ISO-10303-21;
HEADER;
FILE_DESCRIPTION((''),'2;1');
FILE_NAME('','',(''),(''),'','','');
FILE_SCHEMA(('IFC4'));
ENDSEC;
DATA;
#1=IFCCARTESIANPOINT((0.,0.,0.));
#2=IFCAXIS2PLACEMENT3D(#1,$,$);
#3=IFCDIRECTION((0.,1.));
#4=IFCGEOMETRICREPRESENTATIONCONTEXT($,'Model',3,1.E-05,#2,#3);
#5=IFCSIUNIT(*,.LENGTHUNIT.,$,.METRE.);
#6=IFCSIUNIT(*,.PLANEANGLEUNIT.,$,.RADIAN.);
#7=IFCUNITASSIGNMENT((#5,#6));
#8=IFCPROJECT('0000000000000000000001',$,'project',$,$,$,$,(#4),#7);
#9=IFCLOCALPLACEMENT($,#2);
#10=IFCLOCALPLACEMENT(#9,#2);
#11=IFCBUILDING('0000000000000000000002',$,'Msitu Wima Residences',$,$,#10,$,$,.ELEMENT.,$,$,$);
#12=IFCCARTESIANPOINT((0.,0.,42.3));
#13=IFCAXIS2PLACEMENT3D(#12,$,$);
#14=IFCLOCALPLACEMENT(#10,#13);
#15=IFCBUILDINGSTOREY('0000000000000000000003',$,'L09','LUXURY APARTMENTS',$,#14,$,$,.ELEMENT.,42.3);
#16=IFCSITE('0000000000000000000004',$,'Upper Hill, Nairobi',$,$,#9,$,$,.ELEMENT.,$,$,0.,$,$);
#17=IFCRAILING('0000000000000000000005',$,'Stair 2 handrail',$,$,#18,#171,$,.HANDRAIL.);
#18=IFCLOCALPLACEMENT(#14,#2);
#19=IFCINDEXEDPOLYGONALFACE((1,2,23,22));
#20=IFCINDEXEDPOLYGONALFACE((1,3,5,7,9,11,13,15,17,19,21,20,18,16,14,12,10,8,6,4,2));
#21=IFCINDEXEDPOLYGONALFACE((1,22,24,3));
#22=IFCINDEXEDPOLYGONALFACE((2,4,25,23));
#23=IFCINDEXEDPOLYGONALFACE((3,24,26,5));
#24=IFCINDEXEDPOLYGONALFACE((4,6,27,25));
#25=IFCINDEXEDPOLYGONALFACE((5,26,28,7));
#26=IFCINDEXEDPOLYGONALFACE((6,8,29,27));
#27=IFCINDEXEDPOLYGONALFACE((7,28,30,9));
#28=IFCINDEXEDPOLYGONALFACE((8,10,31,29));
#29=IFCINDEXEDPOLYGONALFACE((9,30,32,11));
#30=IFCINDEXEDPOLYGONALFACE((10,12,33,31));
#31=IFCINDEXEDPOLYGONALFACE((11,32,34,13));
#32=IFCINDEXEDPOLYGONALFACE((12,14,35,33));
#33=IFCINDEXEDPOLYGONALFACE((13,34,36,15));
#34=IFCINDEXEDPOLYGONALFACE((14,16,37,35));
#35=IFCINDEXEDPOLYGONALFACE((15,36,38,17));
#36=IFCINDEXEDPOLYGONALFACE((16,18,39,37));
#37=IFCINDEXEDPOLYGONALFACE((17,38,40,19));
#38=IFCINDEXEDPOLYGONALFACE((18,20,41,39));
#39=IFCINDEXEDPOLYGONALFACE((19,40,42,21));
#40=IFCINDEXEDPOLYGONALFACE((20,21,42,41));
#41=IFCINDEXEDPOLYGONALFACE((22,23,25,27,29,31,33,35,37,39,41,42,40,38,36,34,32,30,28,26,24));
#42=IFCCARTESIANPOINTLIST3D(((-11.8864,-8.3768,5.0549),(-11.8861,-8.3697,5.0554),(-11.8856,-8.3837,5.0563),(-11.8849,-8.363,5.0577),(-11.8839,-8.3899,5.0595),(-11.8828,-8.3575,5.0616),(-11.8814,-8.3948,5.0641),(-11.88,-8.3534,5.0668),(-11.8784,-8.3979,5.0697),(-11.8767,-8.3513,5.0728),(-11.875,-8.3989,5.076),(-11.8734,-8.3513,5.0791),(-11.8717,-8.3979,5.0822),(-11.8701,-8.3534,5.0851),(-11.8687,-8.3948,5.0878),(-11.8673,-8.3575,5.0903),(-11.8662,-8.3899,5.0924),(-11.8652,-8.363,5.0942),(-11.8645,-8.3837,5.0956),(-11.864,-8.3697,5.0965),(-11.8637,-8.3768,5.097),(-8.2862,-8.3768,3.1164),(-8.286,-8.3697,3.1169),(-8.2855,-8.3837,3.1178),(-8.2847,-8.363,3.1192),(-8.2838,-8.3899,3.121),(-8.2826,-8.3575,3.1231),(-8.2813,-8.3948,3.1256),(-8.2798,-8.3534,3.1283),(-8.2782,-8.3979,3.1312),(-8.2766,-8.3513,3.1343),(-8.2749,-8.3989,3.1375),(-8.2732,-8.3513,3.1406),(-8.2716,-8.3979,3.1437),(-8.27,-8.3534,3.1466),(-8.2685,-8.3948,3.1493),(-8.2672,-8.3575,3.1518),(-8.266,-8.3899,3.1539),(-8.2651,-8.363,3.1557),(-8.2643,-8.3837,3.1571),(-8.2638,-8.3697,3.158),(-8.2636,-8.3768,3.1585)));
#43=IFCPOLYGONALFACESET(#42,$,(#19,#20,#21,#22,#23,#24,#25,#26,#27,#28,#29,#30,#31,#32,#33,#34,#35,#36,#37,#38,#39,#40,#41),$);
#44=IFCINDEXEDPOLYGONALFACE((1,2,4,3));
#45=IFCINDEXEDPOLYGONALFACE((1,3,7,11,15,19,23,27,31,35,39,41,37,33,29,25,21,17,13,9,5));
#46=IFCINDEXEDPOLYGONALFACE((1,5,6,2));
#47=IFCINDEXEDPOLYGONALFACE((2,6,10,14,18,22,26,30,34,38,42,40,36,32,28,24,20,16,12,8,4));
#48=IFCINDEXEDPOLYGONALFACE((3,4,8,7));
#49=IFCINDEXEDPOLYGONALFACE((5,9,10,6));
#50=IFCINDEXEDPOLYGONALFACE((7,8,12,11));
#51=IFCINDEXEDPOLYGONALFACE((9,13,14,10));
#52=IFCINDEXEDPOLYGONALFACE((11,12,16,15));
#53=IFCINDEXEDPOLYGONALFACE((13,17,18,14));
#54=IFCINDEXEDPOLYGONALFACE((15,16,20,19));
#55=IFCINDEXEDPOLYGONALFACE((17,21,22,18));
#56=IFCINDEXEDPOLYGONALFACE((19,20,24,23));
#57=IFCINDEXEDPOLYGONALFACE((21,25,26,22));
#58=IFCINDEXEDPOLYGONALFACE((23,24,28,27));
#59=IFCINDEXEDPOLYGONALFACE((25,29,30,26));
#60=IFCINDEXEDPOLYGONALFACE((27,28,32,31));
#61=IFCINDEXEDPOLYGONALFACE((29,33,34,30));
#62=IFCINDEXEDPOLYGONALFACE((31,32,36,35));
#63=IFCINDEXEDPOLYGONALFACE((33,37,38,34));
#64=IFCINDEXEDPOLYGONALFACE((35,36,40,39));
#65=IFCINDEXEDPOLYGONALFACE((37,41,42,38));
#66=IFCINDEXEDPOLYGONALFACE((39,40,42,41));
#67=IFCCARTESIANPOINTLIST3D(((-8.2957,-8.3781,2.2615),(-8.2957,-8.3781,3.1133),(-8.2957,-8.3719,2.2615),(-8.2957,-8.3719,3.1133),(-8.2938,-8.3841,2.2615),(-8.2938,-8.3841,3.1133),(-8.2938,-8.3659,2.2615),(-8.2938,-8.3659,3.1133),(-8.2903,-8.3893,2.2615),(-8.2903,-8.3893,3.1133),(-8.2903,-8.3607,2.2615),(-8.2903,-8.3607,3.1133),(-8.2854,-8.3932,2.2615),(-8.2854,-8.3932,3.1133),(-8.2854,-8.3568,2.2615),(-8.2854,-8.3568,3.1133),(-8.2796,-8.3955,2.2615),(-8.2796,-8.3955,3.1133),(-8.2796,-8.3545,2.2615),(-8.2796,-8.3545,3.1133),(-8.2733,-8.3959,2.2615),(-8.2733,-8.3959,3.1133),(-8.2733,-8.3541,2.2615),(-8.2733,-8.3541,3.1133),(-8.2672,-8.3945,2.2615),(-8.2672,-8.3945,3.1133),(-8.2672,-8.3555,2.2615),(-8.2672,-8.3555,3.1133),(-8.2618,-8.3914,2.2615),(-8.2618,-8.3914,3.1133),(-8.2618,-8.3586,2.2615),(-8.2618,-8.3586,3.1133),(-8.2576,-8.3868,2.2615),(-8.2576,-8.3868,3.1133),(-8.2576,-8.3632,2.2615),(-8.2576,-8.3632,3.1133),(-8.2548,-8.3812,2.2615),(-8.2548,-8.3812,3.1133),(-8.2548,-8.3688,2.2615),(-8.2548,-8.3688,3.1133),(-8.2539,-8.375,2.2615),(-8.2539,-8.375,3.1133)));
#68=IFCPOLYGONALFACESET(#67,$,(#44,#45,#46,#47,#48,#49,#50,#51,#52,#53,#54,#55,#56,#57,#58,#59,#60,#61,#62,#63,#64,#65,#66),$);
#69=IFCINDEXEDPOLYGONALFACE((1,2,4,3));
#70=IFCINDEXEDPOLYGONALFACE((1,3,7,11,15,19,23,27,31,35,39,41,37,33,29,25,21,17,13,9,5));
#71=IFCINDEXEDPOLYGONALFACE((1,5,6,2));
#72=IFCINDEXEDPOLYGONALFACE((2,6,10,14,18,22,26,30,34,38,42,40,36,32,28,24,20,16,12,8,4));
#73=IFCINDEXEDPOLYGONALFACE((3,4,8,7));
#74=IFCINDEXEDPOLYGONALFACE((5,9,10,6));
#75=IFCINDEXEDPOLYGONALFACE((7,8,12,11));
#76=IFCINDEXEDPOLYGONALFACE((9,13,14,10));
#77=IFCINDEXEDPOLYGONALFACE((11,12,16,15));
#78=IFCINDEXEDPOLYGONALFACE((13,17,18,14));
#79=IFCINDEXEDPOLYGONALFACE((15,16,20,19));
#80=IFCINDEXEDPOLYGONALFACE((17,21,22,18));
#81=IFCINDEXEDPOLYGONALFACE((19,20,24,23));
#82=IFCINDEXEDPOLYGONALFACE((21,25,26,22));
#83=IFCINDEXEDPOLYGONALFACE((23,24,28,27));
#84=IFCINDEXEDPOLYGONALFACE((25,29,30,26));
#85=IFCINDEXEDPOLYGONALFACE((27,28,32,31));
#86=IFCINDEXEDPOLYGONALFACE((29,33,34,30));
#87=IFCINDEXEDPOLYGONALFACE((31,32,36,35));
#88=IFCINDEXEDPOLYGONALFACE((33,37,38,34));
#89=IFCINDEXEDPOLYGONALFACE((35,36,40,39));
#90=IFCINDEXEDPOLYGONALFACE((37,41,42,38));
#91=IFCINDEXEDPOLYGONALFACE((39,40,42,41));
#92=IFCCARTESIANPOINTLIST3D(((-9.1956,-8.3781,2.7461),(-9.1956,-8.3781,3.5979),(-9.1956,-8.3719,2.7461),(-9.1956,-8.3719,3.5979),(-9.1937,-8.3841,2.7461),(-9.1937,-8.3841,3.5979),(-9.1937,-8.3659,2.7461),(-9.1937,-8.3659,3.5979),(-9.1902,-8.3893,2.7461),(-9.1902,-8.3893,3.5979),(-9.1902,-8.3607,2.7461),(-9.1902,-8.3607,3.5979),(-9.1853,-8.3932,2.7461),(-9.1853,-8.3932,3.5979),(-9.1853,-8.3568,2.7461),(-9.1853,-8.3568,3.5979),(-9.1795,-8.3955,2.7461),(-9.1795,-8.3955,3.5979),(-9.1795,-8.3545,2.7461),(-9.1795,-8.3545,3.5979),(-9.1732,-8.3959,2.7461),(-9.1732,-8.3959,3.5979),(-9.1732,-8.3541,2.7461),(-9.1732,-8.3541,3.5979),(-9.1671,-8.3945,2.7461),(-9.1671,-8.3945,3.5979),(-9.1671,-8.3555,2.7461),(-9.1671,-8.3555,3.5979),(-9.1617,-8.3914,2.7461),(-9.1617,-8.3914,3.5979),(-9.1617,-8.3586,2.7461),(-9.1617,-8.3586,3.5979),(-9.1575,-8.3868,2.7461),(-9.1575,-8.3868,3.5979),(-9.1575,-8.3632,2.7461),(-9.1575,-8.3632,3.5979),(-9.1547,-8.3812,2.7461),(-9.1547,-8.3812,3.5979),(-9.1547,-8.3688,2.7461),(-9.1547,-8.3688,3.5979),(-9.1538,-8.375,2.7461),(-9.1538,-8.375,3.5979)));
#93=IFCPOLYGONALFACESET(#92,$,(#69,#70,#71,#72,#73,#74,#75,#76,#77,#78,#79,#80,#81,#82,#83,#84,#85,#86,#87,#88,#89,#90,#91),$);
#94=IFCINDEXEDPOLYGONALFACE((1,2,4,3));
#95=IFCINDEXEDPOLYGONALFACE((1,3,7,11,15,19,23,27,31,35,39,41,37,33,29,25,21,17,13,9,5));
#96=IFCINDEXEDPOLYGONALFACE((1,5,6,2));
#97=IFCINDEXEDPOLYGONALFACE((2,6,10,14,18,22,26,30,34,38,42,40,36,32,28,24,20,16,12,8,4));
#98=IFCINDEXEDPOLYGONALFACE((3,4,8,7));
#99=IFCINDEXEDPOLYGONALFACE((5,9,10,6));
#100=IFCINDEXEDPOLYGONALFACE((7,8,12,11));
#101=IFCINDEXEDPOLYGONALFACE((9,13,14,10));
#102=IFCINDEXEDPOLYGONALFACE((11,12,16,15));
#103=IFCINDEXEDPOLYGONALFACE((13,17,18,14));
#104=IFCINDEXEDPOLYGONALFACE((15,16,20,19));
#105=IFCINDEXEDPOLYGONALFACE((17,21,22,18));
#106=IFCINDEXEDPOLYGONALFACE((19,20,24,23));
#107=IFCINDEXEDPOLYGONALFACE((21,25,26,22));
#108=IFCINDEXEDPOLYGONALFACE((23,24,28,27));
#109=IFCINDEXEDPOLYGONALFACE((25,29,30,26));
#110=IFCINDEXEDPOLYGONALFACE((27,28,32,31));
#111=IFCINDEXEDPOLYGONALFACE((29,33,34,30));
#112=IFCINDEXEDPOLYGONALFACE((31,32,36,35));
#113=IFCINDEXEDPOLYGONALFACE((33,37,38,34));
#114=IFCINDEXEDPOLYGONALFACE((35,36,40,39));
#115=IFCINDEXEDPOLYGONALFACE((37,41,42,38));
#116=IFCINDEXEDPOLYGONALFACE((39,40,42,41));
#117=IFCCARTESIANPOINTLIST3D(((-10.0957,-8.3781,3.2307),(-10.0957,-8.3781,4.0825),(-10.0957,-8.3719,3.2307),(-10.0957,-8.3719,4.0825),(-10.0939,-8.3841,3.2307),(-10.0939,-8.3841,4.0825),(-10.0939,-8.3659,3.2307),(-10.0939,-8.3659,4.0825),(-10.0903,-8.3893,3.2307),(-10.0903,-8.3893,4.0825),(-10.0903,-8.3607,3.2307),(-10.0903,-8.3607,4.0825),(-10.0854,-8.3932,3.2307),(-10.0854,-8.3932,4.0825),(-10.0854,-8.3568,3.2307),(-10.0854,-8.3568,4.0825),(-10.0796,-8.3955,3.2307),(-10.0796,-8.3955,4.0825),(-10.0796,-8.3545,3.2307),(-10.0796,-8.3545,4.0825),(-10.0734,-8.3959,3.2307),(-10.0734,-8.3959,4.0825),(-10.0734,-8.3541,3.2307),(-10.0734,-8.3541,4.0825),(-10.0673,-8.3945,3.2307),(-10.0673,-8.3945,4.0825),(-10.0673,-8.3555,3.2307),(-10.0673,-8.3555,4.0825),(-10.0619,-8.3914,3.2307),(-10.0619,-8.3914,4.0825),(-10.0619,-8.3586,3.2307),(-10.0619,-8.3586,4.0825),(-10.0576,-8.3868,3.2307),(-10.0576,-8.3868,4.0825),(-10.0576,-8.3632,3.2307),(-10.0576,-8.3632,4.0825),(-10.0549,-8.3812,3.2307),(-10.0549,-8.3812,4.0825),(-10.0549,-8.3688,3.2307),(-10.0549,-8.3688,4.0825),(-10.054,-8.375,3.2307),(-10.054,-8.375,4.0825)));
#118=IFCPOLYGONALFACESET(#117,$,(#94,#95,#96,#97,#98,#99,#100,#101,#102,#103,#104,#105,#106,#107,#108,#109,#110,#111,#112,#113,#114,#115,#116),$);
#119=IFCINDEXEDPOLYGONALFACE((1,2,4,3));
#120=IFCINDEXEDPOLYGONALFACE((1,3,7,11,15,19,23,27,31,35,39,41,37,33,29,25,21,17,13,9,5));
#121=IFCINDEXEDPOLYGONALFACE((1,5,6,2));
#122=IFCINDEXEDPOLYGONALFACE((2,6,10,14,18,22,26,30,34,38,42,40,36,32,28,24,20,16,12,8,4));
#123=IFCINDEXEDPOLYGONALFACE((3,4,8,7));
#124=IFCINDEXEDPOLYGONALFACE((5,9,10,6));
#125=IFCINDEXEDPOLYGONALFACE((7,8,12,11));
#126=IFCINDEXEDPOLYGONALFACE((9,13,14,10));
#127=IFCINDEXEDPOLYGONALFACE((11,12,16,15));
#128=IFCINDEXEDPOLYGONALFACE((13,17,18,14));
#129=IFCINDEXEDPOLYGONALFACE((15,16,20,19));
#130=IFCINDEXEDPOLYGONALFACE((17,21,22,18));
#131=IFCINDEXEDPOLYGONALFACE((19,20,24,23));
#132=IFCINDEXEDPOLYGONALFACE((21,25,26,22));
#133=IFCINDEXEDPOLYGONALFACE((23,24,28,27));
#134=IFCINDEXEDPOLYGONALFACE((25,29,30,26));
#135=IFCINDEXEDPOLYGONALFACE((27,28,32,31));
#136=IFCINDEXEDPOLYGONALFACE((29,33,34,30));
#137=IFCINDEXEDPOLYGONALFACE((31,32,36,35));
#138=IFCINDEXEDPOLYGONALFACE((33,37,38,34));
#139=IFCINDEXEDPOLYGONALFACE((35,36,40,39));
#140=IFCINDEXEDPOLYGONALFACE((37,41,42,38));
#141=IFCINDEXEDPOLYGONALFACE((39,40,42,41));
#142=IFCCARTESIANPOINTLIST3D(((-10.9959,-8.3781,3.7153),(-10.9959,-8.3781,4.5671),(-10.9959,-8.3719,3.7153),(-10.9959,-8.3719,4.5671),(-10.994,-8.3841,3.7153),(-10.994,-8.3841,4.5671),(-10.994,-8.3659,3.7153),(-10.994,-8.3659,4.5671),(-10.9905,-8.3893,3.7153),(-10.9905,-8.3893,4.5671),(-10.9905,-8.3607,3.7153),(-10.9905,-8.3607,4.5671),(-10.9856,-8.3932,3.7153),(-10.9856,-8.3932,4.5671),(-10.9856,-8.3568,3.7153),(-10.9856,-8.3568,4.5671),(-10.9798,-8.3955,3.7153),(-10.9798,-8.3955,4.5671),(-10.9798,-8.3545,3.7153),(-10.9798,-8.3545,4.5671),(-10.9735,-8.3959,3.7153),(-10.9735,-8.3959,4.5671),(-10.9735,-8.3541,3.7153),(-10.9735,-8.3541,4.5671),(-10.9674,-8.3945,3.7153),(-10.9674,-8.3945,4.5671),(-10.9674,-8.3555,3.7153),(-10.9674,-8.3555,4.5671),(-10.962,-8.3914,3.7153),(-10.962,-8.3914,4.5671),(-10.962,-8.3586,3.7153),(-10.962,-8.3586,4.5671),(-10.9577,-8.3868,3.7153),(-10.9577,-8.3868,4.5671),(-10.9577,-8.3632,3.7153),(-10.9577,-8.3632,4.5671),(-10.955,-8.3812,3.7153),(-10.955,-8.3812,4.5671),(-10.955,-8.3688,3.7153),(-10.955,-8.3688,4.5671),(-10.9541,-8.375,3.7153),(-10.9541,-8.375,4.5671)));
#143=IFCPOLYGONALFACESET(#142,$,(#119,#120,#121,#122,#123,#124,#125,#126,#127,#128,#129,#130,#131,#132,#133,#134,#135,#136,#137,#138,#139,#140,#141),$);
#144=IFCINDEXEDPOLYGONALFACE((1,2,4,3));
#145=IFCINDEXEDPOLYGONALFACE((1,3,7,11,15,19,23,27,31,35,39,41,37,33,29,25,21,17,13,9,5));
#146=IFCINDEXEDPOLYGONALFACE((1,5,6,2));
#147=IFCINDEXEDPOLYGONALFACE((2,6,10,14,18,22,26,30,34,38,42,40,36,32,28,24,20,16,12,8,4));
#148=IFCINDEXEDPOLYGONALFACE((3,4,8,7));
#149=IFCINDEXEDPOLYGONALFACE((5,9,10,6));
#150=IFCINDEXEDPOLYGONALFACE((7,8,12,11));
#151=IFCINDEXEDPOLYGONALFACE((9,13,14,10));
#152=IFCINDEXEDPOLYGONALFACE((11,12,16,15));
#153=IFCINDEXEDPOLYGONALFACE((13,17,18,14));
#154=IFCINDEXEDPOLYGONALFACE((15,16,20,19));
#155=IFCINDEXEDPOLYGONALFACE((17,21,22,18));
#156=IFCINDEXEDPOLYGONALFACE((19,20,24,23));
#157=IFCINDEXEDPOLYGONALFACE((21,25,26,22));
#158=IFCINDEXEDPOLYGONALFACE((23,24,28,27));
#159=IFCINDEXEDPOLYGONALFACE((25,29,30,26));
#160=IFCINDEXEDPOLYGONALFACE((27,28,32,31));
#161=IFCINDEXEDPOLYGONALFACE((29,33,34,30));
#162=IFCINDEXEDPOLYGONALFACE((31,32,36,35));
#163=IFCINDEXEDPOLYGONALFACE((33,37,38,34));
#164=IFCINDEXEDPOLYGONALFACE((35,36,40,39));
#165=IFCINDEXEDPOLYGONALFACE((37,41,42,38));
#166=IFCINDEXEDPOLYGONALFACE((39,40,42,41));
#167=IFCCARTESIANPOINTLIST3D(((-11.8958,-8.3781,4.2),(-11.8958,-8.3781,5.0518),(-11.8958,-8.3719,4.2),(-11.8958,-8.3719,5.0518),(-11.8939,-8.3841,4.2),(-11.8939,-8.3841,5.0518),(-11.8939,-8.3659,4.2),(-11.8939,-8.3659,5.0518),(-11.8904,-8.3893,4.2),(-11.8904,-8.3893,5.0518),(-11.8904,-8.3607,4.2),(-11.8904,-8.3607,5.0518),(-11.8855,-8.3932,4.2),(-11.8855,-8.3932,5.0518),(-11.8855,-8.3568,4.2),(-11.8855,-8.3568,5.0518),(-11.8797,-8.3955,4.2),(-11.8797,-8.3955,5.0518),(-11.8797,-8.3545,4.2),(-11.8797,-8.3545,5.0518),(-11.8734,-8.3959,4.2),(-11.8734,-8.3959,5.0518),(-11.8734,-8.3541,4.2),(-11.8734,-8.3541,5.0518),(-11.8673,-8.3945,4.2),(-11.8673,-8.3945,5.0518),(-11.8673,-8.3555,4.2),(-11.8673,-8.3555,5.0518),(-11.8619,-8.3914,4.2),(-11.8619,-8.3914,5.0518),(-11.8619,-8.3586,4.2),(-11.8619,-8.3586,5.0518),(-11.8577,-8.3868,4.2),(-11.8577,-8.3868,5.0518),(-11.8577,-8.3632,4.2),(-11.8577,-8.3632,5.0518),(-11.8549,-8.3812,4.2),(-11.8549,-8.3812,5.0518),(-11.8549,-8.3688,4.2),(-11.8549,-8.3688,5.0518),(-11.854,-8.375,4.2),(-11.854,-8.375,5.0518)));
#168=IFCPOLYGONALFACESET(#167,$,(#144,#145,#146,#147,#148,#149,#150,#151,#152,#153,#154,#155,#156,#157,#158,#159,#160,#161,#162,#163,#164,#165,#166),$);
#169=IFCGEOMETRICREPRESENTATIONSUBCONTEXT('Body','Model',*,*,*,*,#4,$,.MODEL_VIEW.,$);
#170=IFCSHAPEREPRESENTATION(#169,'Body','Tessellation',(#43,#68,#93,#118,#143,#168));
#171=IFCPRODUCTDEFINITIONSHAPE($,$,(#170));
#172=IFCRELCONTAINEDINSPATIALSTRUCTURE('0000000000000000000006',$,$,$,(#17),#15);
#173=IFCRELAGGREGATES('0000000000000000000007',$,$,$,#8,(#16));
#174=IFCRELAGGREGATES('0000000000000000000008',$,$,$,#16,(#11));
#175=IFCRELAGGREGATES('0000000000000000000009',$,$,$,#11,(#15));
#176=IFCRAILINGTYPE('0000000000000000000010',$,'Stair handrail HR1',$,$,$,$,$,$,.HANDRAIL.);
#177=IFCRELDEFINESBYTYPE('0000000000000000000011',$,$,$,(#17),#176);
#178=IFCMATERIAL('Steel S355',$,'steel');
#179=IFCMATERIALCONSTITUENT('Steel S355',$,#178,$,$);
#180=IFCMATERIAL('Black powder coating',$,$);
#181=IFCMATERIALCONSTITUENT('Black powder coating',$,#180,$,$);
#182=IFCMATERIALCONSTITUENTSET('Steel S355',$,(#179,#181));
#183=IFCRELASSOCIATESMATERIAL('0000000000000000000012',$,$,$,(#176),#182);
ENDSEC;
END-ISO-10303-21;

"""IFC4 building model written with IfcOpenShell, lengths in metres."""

from ifc_helpers import new_model, si_unit, direction, frame, origin, origin_2d, place, context, subcontext, project, spatial, circle, extrude, material, constituent, constituent_set, type_object, element, save


model = new_model("IFC4")

# Units and contexts
model_context = context("Model", 3, precision=1e-05, world=origin(), true_north=direction((0.0, 1.0)))
body_context = subcontext(model_context, "Body", "Model", "MODEL_VIEW")
ifc_project = project(units=[si_unit("LENGTHUNIT", "METRE"), si_unit("PLANEANGLEUNIT", "RADIAN")], contexts=[model_context])

# Site, building, storey
site_placement = place(None, origin())
site = spatial("IfcSite", under=ifc_project, at=site_placement, Name="Upper Hill, Nairobi", CompositionType="ELEMENT", RefElevation=0.0)
building_placement = place(site_placement, origin())
building = spatial("IfcBuilding", under=site, at=building_placement, Name="Msitu Wima Residences", CompositionType="ELEMENT")
storey_placement = place(building_placement, frame((0.0, 0.0, 42.3)))
storey = spatial("IfcBuildingStorey", under=building, at=storey_placement, Name="L09", Description="LUXURY APARTMENTS", CompositionType="ELEMENT", Elevation=42.3)

# Railing
ifc_material_1 = material(Name="Steel S355", Category="steel")
ifc_constituent_1 = constituent(ifc_material_1, Name="Steel S355")
ifc_material_2 = material(Name="Black powder coating")
ifc_constituent_2 = constituent(ifc_material_2, Name="Black powder coating")
ifc_constituent_set = constituent_set(constituents=[ifc_constituent_1, ifc_constituent_2], Name="Steel S355")
railing_type = type_object("IfcRailingType", Name="Stair handrail HR1", PredefinedType="HANDRAIL", material=ifc_constituent_set)
for number, where, name in (
    (1, (-8.2749, -8.375, 2.2615), "Stair 2 handrail"),
):
    element("IfcRailing", number, at=place(storey_placement, frame(where)), inside=storey, type_object=railing_type, Name=name, PredefinedType="HANDRAIL", context=body_context, shape_type="SweptSolid", body=[
        extrude(circle(Radius=0.0239, at=origin_2d()), frame((0.0, 0.0, 0.876), z_axis=(-0.880475, 0.0, 0.474093), x_axis=(0.0, -1.0, 0.0)), (0.0, 0.0, 1.0), 4.0889),
        extrude(circle(Radius=0.021, at=origin_2d()), origin(), (0.0, 0.0, 1.0), 0.8518),
        extrude(circle(Radius=0.021, at=origin_2d()), frame((-0.8999, 0.0, 0.4846)), (0.0, 0.0, 1.0), 0.8518),
        extrude(circle(Radius=0.021, at=origin_2d()), frame((-1.8, 0.0, 0.9692)), (0.0, 0.0, 1.0), 0.8518),
        extrude(circle(Radius=0.021, at=origin_2d()), frame((-2.7002, 0.0, 1.4539)), (0.0, 0.0, 1.0), 0.8518),
        extrude(circle(Radius=0.021, at=origin_2d()), frame((-3.6001, 0.0, 1.9385)), (0.0, 0.0, 1.0), 0.8518),
    ])

save(model, "model.ifc")
